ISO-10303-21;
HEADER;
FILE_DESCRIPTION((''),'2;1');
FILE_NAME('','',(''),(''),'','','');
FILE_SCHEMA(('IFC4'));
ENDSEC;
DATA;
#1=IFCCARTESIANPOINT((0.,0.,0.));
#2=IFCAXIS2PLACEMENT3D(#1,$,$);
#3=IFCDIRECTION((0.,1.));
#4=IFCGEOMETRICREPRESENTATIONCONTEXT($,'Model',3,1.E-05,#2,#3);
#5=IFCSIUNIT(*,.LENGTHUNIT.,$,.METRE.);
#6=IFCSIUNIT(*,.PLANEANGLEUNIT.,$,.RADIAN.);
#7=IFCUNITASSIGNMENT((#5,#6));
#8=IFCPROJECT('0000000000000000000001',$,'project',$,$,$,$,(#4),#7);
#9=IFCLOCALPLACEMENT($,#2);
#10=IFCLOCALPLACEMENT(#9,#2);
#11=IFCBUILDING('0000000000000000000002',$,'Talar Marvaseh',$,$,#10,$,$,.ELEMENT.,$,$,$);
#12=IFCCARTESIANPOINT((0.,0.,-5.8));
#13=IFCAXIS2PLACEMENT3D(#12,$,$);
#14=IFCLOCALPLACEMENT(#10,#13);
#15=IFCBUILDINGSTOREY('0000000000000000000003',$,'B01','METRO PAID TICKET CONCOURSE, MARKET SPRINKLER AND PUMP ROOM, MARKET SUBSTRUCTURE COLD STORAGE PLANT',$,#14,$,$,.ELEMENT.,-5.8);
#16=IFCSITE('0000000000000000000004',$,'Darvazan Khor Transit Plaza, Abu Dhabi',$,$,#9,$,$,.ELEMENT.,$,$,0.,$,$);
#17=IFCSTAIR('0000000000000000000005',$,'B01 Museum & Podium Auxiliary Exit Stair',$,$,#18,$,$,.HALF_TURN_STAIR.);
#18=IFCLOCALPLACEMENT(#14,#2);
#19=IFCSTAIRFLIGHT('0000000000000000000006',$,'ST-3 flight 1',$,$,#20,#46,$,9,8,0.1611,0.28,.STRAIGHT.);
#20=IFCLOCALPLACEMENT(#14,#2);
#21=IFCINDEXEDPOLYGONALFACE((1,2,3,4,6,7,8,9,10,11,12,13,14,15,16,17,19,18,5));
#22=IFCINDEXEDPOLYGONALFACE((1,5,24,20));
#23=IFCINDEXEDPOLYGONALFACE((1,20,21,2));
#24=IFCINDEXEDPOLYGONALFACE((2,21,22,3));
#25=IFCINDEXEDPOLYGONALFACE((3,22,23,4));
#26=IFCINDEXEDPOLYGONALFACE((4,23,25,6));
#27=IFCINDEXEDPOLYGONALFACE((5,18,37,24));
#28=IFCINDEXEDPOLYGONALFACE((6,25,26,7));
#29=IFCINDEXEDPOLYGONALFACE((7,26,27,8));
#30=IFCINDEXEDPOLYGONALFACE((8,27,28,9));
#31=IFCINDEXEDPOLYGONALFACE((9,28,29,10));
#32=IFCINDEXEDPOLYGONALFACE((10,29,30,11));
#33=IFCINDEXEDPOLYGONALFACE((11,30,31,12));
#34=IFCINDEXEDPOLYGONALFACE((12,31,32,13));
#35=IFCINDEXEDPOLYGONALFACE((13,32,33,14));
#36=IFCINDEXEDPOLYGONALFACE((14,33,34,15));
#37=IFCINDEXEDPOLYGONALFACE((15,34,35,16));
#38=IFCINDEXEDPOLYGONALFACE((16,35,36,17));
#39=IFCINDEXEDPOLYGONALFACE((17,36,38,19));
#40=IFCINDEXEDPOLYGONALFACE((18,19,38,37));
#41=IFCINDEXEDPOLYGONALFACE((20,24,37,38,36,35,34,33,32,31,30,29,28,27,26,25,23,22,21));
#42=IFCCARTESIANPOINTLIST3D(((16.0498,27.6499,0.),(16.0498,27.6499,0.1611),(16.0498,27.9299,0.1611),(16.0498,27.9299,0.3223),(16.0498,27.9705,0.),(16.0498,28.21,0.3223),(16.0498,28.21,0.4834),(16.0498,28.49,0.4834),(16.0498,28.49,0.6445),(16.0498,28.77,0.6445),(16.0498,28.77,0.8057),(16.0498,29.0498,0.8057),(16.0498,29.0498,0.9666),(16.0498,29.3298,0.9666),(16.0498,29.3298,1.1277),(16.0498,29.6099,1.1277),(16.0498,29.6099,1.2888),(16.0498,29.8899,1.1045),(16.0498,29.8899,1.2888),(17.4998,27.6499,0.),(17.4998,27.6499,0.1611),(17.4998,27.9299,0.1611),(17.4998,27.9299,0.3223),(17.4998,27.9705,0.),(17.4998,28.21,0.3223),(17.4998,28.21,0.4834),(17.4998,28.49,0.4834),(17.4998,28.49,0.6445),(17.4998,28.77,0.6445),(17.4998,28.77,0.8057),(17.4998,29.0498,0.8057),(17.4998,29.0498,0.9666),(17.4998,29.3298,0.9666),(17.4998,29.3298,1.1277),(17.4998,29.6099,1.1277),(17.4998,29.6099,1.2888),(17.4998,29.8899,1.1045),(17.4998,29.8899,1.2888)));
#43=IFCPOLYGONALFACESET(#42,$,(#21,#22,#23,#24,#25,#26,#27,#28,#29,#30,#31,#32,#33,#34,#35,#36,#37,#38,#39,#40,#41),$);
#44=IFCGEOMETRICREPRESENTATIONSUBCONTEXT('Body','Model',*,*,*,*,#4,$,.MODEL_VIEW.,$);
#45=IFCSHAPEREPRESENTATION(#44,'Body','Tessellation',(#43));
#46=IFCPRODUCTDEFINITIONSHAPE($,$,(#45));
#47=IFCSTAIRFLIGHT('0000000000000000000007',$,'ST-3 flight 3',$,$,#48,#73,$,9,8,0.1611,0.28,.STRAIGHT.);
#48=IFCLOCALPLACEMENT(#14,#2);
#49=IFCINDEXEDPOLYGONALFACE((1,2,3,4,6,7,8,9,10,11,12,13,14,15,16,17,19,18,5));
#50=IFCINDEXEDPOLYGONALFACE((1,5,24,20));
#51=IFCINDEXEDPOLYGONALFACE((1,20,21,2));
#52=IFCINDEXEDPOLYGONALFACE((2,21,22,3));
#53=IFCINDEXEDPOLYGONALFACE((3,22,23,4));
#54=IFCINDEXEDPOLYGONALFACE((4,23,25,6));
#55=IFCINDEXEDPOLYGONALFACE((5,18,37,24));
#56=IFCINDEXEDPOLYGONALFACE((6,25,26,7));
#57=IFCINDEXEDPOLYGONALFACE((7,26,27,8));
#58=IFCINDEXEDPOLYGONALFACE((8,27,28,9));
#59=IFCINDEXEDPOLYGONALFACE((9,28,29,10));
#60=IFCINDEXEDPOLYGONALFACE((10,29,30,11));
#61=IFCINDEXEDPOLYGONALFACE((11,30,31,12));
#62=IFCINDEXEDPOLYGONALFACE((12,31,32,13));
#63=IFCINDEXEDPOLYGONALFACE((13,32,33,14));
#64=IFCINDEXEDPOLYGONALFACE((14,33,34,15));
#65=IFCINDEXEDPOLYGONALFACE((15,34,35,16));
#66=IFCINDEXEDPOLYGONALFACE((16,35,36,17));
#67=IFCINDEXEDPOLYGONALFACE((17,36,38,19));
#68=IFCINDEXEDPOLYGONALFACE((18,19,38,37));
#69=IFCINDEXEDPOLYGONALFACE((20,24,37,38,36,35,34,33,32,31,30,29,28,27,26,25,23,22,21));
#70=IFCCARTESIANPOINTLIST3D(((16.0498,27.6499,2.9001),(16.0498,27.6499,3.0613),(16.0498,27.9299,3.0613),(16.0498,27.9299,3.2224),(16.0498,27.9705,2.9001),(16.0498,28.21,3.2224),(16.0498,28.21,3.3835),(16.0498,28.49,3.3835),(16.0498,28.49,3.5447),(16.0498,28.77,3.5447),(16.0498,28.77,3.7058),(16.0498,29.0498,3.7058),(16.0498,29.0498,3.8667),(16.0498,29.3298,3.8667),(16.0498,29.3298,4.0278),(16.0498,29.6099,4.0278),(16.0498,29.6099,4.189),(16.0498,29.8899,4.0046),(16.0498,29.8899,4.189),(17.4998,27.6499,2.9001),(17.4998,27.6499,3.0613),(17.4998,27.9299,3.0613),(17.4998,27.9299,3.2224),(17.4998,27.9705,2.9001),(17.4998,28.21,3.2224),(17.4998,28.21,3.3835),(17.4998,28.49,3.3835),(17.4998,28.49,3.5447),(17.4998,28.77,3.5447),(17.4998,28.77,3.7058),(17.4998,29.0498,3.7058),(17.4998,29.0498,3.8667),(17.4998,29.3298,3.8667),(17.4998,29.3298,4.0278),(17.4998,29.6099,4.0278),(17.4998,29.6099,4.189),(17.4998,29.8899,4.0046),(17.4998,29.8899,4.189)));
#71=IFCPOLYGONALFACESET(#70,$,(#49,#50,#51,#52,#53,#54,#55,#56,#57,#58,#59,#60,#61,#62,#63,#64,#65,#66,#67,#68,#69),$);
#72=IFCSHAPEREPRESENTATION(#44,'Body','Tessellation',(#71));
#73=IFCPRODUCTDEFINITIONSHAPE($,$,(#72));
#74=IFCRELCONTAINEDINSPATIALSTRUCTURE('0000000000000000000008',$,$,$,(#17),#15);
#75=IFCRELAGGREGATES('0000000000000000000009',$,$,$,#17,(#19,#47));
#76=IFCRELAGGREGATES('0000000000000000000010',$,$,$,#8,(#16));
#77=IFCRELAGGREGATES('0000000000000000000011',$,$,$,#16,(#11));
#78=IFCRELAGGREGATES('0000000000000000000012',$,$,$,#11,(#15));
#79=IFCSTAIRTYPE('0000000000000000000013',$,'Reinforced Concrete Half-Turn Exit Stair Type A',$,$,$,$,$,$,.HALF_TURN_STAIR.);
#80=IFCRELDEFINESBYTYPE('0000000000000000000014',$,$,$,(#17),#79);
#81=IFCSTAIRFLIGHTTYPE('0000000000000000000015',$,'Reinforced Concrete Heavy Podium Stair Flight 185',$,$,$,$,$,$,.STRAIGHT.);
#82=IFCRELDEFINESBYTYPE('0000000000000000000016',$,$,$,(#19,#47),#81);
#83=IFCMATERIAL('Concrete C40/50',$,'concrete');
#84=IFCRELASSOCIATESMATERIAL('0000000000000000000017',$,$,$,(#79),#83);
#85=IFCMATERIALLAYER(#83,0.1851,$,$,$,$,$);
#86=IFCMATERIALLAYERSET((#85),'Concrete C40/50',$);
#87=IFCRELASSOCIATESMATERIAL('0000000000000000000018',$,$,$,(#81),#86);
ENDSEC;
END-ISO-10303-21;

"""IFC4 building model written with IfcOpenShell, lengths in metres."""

from ifc_helpers import new_model, si_unit, direction, frame, origin, place, context, subcontext, project, spatial, polyline, outline, extrude, material, layer, layer_set, type_object, element, aggregate, save


model = new_model("IFC4")

# Units and contexts
model_context = context("Model", 3, precision=1e-05, world=origin(), true_north=direction((0.0, 1.0)))
body_context = subcontext(model_context, "Body", "Model", "MODEL_VIEW")
ifc_project = project(units=[si_unit("LENGTHUNIT", "METRE"), si_unit("PLANEANGLEUNIT", "RADIAN")], contexts=[model_context])

# Site, building, storey
site_placement = place(None, origin())
site = spatial("IfcSite", under=ifc_project, at=site_placement, Name="Darvazan Khor Transit Plaza, Abu Dhabi", CompositionType="ELEMENT", RefElevation=0.0)
building_placement = place(site_placement, origin())
building = spatial("IfcBuilding", under=site, at=building_placement, Name="Talar Marvaseh", CompositionType="ELEMENT")
storey_placement = place(building_placement, frame((0.0, 0.0, -5.8)))
storey = spatial("IfcBuildingStorey", under=building, at=storey_placement, Name="B01", Description="METRO PAID TICKET CONCOURSE, MARKET SPRINKLER AND PUMP ROOM, MARKET SUBSTRUCTURE COLD STORAGE PLANT", CompositionType="ELEMENT", Elevation=-5.8)

# Shared definitions
ifc_material_1 = material(Name="Concrete C40/50", Category="concrete")

# Stair, stair flights
stair_type = type_object("IfcStairType", Name="Reinforced Concrete Half-Turn Exit Stair Type A", PredefinedType="HALF_TURN_STAIR", material=ifc_material_1)
ifc_layer_1 = layer(ifc_material_1, 0.1851)
ifc_layer_set_1 = layer_set([ifc_layer_1], Name="Concrete C40/50")
stair_flight_type = type_object("IfcStairFlightType", Name="Reinforced Concrete Heavy Podium Stair Flight 185", PredefinedType="STRAIGHT", material=ifc_layer_set_1)
stair_1_placement = place(storey_placement, origin())
stair_1 = element("IfcStair", 1, at=stair_1_placement, inside=storey, type_object=stair_type, Name="B01 Museum & Podium Auxiliary Exit Stair", PredefinedType="HALF_TURN_STAIR")
stair_flight_1_placement = place(storey_placement, frame((16.7749, 27.6499, 0.0), z_axis=(0.0, 0.0, 1.0), x_axis=(0.0, 1.0, 0.0)))
stair_flight_1 = element("IfcStairFlight", 2, at=stair_flight_1_placement, type_object=stair_flight_type, Name="ST-3 flight 1", NumberOfRisers=9, NumberOfTreads=8, PredefinedType="STRAIGHT", RiserHeight=0.1611, TreadLength=0.28, context=body_context, shape_type="SweptSolid", body=[
    extrude(outline(polyline([(0.0, 0.0), (0.0, 0.1611), (0.28, 0.1611), (0.28, 0.3223), (0.5601, 0.3223), (0.5601, 0.4834), (0.8401, 0.4834), (0.8401, 0.6445), (1.1201, 0.6445), (1.1201, 0.8057), (1.3999, 0.8057), (1.3999, 0.9666), (1.6799, 0.9666), (1.6799, 1.1277), (1.96, 1.1277), (1.96, 1.2888), (2.24, 1.2888), (2.24, 1.45), (2.24, 1.1045), (0.3206, 0.0), (0.0, 0.0)])), frame((0.0, 0.7251, 0.0), z_axis=(0.0, -1.0, 0.0), x_axis=(1.0, 0.0, 0.0)), (0.0, 0.0, 1.0), 1.45),
])
stair_flight_2_placement = place(storey_placement, frame((16.7749, 27.6499, 2.9001), z_axis=(0.0, 0.0, 1.0), x_axis=(0.0, 1.0, 0.0)))
stair_flight_2 = element("IfcStairFlight", 3, at=stair_flight_2_placement, type_object=stair_flight_type, Name="ST-3 flight 3", NumberOfRisers=9, NumberOfTreads=8, PredefinedType="STRAIGHT", RiserHeight=0.1611, TreadLength=0.28, context=body_context, shape_type="SweptSolid", body=[
    extrude(outline(polyline([(0.0, 0.0), (0.0, 0.1611), (0.28, 0.1611), (0.28, 0.3223), (0.5601, 0.3223), (0.5601, 0.4834), (0.8401, 0.4834), (0.8401, 0.6445), (1.1201, 0.6445), (1.1201, 0.8057), (1.3999, 0.8057), (1.3999, 0.9666), (1.6799, 0.9666), (1.6799, 1.1277), (1.96, 1.1277), (1.96, 1.2888), (2.24, 1.2888), (2.24, 1.45), (2.24, 1.1045), (0.3206, 0.0), (0.0, 0.0)])), frame((0.0, 0.7251, 0.0), z_axis=(0.0, -1.0, 0.0), x_axis=(1.0, 0.0, 0.0)), (0.0, 0.0, 1.0), 1.45),
])
aggregate(stair_1, [stair_flight_1, stair_flight_2])

save(model, "model.ifc")
